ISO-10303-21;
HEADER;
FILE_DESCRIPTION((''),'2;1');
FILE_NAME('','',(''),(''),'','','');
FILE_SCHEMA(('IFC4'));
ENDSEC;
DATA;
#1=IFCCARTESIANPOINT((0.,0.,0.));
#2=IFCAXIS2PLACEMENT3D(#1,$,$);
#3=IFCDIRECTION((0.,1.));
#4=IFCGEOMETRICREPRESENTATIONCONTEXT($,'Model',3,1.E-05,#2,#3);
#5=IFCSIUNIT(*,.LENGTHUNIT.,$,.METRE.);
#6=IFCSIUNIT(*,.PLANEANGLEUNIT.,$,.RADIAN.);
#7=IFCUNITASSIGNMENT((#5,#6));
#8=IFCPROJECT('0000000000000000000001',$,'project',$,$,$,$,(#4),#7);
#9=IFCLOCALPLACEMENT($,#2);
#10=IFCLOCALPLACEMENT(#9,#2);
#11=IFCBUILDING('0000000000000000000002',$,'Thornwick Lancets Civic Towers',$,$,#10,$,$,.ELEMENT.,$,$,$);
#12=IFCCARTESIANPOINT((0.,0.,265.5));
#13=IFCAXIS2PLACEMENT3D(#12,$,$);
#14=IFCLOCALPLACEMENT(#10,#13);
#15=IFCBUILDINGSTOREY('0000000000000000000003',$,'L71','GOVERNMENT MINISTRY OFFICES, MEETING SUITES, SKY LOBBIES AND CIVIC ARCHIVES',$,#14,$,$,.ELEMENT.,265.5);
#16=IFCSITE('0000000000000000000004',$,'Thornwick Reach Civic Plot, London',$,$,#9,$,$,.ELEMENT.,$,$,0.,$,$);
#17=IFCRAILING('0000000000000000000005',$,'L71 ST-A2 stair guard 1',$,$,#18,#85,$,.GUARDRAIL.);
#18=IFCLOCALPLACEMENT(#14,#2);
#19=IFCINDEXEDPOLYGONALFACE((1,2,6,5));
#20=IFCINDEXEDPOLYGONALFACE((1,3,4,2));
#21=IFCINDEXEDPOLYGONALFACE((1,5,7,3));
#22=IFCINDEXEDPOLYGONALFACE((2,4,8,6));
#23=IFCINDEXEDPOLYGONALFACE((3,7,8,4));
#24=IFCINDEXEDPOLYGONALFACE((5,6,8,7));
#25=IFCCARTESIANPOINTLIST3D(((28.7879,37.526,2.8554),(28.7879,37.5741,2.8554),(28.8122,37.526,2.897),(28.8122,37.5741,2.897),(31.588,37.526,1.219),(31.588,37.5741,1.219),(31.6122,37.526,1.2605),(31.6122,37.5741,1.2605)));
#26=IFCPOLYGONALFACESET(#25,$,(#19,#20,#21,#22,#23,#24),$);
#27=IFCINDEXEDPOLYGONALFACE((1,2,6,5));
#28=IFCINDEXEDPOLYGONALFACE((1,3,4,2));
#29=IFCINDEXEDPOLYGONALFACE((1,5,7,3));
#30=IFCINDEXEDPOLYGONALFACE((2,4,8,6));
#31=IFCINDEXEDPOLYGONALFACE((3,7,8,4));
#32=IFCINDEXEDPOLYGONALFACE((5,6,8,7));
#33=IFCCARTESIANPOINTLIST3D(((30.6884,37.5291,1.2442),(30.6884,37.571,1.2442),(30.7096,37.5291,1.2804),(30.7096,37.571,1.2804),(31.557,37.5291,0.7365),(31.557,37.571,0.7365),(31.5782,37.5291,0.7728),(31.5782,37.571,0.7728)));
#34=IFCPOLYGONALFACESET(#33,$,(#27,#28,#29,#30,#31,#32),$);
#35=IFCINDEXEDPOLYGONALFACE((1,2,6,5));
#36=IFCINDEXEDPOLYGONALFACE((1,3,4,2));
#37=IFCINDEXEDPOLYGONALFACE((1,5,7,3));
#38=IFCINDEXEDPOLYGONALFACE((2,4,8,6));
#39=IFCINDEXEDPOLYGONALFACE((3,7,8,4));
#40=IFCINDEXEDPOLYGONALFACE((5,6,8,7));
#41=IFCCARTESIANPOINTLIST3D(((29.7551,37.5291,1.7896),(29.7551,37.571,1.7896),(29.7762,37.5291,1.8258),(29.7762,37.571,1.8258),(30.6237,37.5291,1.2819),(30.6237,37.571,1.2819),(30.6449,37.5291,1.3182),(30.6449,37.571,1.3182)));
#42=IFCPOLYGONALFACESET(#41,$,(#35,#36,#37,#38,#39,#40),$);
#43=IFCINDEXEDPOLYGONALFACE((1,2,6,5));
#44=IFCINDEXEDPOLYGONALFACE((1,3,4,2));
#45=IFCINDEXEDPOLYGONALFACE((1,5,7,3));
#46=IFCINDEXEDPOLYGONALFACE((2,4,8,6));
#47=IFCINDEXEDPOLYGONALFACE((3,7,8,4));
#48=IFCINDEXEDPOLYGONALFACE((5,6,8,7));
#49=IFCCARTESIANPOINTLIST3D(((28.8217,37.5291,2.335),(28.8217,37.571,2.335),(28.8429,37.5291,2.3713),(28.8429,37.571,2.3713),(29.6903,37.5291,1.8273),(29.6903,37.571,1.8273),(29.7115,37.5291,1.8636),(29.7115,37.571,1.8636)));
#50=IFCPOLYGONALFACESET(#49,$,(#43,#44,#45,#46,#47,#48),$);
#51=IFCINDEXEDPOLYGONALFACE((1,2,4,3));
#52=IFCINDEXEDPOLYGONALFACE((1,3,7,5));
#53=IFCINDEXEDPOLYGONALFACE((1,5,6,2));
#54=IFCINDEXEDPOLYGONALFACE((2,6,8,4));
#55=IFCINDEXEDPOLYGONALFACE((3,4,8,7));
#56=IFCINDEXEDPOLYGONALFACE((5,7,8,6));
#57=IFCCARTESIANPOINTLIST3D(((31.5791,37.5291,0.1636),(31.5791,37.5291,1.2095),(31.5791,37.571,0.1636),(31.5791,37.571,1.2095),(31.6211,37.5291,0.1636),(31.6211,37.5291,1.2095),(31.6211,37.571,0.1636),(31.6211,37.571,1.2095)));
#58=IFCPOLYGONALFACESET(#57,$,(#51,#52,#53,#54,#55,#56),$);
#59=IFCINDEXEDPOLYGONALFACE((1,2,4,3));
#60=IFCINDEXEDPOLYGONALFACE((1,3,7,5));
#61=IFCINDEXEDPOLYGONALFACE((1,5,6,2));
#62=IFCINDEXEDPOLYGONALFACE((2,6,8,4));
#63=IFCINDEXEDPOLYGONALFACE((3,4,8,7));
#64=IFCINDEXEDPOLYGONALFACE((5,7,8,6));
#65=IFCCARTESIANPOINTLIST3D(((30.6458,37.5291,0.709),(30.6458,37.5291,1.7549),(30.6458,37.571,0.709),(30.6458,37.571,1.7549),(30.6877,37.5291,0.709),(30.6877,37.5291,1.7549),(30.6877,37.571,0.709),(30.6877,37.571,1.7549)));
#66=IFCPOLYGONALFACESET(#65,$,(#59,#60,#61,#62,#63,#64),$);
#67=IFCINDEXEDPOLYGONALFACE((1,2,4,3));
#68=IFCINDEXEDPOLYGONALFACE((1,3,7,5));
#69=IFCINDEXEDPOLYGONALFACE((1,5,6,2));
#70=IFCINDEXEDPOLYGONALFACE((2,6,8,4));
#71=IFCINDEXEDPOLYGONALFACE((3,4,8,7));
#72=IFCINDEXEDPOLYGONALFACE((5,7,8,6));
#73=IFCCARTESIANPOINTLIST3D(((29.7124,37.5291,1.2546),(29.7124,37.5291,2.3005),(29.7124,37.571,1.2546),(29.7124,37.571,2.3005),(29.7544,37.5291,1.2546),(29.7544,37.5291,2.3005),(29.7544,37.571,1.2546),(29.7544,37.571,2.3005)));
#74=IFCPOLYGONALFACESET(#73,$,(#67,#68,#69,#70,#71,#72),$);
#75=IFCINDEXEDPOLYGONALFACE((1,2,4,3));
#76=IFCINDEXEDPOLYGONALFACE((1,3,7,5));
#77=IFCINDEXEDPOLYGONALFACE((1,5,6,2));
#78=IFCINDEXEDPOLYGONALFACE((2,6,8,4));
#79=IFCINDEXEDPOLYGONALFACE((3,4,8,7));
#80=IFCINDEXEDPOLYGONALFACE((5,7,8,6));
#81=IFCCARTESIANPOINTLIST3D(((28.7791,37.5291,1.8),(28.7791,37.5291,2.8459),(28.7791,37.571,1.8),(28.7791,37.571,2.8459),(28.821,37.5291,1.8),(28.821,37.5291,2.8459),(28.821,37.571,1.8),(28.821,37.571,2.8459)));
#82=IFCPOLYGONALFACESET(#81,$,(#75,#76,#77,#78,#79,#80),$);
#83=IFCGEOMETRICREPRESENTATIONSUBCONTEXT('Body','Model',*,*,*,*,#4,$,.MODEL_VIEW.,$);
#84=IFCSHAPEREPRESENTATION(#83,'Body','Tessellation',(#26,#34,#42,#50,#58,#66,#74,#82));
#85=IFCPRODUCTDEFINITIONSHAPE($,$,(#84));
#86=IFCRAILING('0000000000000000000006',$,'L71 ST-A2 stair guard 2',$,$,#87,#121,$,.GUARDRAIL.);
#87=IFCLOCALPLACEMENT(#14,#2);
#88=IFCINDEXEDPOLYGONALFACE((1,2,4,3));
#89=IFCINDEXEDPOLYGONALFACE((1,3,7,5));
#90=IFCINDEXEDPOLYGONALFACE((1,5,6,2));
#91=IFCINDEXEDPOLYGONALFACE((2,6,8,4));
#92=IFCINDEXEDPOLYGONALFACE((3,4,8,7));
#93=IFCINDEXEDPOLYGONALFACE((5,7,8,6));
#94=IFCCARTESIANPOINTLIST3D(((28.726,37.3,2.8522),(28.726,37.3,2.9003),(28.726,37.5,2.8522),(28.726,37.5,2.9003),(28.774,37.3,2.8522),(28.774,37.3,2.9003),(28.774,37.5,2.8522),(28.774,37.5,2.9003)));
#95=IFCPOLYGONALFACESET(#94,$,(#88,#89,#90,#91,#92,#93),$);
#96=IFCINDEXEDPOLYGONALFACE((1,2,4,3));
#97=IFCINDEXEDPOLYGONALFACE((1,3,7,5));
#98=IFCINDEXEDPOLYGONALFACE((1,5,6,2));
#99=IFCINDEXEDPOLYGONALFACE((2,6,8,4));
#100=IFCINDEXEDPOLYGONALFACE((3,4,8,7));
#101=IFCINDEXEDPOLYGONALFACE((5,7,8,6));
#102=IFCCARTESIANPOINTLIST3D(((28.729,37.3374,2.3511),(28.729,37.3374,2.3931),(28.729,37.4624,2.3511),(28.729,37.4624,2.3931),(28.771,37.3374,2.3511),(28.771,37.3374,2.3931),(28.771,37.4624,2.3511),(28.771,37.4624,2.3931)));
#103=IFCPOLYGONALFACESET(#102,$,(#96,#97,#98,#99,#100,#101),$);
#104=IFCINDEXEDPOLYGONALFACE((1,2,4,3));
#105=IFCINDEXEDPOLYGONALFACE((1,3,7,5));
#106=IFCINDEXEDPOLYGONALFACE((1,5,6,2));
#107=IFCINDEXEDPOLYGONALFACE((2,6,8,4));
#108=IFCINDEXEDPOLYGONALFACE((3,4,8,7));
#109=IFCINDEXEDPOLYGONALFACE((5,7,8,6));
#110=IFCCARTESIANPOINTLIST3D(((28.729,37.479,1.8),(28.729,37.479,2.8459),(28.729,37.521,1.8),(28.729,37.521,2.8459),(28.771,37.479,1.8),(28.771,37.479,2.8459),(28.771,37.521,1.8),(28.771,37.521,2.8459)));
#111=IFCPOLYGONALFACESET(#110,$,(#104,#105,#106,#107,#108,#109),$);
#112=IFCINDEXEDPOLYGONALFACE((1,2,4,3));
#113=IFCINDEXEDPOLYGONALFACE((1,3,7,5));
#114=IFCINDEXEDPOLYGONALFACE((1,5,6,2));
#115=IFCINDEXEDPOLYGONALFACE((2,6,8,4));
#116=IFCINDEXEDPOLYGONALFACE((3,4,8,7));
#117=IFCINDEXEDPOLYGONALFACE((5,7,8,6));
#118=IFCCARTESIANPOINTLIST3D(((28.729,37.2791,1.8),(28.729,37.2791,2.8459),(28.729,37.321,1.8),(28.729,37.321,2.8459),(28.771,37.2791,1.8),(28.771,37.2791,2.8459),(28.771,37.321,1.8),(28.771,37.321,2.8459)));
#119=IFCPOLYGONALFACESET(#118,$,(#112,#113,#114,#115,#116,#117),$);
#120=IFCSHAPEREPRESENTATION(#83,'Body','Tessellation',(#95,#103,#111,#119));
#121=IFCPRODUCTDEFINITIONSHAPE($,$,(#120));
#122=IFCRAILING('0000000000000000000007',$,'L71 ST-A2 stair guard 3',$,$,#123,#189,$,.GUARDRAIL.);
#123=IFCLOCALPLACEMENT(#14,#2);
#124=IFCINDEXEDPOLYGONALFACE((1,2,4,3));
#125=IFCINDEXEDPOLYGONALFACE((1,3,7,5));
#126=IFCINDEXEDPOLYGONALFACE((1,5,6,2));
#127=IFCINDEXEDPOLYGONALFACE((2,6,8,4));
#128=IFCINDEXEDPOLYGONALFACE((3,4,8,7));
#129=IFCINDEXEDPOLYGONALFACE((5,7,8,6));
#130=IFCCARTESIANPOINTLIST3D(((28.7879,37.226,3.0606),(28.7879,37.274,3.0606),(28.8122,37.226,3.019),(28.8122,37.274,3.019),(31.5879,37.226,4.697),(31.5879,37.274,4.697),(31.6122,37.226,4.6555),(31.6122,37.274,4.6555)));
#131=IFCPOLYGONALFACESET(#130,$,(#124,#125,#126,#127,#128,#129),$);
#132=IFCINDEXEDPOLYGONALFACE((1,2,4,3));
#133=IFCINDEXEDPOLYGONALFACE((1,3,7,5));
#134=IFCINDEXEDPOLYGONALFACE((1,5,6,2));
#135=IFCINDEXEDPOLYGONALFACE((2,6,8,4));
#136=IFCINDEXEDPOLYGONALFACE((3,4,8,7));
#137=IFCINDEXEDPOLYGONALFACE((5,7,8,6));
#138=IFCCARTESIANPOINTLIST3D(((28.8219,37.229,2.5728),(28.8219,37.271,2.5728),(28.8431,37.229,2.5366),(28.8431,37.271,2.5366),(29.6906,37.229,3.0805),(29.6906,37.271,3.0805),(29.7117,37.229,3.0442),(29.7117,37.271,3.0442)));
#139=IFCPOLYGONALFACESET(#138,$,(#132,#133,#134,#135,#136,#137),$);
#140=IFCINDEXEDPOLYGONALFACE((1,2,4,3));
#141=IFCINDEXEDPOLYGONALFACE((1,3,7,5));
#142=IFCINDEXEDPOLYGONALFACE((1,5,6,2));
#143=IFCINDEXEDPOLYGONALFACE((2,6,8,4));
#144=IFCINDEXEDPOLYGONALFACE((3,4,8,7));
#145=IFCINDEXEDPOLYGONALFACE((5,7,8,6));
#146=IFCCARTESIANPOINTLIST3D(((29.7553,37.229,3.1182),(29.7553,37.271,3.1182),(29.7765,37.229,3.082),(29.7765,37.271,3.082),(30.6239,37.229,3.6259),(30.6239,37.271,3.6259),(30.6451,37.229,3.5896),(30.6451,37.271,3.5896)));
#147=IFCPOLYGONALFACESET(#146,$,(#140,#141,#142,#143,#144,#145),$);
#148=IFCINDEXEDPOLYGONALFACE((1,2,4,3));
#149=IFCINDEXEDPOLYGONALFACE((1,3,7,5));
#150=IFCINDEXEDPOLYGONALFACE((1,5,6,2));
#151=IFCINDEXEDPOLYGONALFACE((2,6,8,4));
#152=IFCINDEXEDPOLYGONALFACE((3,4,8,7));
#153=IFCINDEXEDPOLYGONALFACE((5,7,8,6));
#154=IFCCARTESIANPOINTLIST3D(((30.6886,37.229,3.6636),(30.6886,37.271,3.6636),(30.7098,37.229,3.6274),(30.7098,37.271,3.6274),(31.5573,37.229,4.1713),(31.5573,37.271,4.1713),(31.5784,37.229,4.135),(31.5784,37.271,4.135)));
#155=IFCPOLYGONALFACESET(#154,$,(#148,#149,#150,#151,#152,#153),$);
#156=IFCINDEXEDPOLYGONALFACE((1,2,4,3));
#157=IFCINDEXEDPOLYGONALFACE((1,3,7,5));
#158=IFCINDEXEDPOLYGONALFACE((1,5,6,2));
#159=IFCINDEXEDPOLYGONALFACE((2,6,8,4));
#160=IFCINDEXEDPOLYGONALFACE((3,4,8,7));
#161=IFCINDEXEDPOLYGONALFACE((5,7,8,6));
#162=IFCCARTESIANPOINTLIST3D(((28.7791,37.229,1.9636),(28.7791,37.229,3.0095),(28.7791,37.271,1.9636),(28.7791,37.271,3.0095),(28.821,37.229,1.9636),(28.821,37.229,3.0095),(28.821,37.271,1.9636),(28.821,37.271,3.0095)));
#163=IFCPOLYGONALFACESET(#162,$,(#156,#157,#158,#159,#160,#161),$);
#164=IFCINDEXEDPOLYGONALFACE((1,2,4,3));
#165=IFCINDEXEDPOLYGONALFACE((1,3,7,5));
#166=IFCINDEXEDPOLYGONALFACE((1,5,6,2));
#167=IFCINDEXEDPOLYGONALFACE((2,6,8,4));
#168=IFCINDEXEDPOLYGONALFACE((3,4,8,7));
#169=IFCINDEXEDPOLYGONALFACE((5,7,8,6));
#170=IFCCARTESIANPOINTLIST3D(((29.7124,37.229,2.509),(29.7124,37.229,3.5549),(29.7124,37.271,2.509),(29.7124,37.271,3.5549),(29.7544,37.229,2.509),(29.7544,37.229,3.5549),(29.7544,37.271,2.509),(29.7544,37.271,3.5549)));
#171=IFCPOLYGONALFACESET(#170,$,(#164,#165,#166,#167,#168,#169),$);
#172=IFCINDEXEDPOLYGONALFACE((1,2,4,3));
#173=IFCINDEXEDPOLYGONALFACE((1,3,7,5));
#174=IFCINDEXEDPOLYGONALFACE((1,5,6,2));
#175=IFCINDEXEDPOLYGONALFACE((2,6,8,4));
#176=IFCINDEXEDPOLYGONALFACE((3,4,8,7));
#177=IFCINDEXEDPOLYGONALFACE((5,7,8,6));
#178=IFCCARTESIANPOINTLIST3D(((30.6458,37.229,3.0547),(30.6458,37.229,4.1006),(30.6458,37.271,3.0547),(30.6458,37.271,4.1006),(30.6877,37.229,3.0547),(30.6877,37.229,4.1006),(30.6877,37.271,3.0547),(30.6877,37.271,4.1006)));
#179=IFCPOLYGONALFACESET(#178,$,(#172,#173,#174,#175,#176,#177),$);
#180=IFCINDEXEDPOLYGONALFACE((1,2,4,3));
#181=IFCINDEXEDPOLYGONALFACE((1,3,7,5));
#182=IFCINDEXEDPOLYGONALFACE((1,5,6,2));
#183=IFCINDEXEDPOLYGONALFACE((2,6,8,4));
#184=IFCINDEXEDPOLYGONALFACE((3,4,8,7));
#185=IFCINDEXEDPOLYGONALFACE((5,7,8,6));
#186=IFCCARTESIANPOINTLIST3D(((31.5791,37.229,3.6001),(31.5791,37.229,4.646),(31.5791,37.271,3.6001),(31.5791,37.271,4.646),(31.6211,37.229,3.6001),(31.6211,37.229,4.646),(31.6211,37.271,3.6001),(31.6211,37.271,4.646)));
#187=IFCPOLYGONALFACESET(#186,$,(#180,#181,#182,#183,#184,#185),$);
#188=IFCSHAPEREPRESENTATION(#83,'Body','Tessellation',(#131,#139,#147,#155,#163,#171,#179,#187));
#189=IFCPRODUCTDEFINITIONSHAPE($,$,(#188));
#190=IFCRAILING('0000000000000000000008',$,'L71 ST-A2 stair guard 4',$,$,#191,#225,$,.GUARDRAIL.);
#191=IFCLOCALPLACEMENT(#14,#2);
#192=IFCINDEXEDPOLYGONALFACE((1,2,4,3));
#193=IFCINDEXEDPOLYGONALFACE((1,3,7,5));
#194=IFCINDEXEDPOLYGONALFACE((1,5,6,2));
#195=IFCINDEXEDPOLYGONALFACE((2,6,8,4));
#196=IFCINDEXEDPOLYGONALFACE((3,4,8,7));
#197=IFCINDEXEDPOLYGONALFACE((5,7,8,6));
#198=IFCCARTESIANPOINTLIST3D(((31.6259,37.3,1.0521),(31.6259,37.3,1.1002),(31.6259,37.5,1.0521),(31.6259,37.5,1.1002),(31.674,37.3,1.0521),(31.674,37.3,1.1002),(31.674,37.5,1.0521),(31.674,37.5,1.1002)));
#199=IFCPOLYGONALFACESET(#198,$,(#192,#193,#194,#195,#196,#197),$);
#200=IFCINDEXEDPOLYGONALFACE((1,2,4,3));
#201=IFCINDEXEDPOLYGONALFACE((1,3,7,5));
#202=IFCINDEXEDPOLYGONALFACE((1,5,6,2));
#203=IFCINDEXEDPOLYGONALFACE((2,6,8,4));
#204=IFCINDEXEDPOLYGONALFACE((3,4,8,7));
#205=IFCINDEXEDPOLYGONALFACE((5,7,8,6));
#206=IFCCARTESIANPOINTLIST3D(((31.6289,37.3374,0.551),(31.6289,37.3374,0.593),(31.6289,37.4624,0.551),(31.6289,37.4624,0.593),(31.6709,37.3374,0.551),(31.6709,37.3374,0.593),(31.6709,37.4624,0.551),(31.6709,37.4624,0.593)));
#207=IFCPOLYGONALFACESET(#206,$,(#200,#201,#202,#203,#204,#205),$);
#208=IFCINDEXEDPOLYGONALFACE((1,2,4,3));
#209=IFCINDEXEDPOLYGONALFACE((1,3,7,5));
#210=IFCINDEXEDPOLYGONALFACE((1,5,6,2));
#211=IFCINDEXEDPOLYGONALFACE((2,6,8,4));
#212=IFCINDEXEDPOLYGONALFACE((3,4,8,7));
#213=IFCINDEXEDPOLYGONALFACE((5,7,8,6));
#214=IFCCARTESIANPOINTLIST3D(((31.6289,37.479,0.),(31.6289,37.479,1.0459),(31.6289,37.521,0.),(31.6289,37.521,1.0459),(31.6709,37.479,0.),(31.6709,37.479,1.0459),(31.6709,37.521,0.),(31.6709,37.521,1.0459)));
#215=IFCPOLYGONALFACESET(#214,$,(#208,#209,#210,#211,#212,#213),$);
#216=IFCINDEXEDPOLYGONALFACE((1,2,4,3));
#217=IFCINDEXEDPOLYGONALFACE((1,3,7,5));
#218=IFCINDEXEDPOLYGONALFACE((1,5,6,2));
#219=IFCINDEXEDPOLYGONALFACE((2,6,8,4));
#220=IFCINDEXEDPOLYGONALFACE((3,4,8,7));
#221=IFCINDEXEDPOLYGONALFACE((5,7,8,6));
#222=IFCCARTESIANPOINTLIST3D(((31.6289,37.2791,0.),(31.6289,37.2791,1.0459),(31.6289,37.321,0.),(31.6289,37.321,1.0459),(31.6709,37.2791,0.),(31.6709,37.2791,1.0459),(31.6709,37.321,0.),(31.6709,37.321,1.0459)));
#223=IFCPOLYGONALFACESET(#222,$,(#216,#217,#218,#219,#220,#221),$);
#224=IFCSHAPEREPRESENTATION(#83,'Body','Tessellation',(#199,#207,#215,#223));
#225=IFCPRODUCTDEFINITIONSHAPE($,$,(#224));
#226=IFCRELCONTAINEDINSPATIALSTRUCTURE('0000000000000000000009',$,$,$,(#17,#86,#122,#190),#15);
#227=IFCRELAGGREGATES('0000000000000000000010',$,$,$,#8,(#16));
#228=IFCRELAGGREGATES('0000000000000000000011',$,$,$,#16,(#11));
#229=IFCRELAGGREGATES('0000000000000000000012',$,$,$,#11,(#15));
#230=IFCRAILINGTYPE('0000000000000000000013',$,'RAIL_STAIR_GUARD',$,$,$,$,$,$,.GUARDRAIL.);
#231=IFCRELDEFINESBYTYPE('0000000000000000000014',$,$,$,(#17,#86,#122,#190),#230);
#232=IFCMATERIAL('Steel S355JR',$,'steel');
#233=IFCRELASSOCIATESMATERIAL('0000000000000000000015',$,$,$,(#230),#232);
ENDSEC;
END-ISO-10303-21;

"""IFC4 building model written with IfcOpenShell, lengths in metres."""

from ifc_helpers import new_model, si_unit, direction, frame, origin, origin_2d, place, context, subcontext, project, spatial, rectangle, extrude, material, type_object, element, save


model = new_model("IFC4")

# Units and contexts
model_context = context("Model", 3, precision=1e-05, world=origin(), true_north=direction((0.0, 1.0)))
body_context = subcontext(model_context, "Body", "Model", "MODEL_VIEW")
ifc_project = project(units=[si_unit("LENGTHUNIT", "METRE"), si_unit("PLANEANGLEUNIT", "RADIAN")], contexts=[model_context])

# Site, building, storey
site_placement = place(None, origin())
site = spatial("IfcSite", under=ifc_project, at=site_placement, Name="Thornwick Reach Civic Plot, London", CompositionType="ELEMENT", RefElevation=0.0)
building_placement = place(site_placement, origin())
building = spatial("IfcBuilding", under=site, at=building_placement, Name="Thornwick Lancets Civic Towers", CompositionType="ELEMENT")
storey_placement = place(building_placement, frame((0.0, 0.0, 265.5)))
storey = spatial("IfcBuildingStorey", under=building, at=storey_placement, Name="L71", Description="GOVERNMENT MINISTRY OFFICES, MEETING SUITES, SKY LOBBIES AND CIVIC ARCHIVES", CompositionType="ELEMENT", Elevation=265.5)

# Shared definitions
ifc_material_1 = material(Name="Steel S355JR", Category="steel")

# Railings
railing_type_1 = type_object("IfcRailingType", Name="RAIL_STAIR_GUARD", PredefinedType="GUARDRAIL", material=ifc_material_1)
railing_1_placement = place(storey_placement, frame((31.6001, 37.55, 0.1636)))
element("IfcRailing", 1, at=railing_1_placement, inside=storey, type_object=railing_type_1, Name="L71 ST-A2 stair guard 1", PredefinedType="GUARDRAIL", context=body_context, shape_type="SweptSolid", body=[
    extrude(rectangle(XDim=0.0481, YDim=0.0481, at=origin_2d()), frame((0.0, 0.0, 1.0762), z_axis=(-0.863361, 0.0, 0.504587), x_axis=(0.0, -1.0, 0.0)), (0.0, 0.0, 1.0), 3.2432),
    extrude(rectangle(XDim=0.042, YDim=0.042, at=origin_2d()), frame((-0.0325, 0.0, 0.5911), z_axis=(-0.863361, 0.0, 0.504587), x_axis=(0.0, -1.0, 0.0)), (0.0, 0.0, 1.0), 1.0061),
    extrude(rectangle(XDim=0.042, YDim=0.042, at=origin_2d()), frame((-0.9658, 0.0, 1.1365), z_axis=(-0.863361, 0.0, 0.504587), x_axis=(0.0, -1.0, 0.0)), (0.0, 0.0, 1.0), 1.0061),
    extrude(rectangle(XDim=0.042, YDim=0.042, at=origin_2d()), frame((-1.8992, 0.0, 1.6819), z_axis=(-0.863361, 0.0, 0.504587), x_axis=(0.0, -1.0, 0.0)), (0.0, 0.0, 1.0), 1.0061),
    extrude(rectangle(XDim=0.042, YDim=0.042, at=origin_2d()), origin(), (0.0, 0.0, 1.0), 1.0459),
    extrude(rectangle(XDim=0.042, YDim=0.042, at=origin_2d()), frame((-0.9333, 0.0, 0.5454)), (0.0, 0.0, 1.0), 1.0459),
    extrude(rectangle(XDim=0.042, YDim=0.042, at=origin_2d()), frame((-1.8667, 0.0, 1.0911)), (0.0, 0.0, 1.0), 1.0459),
    extrude(rectangle(XDim=0.042, YDim=0.042, at=origin_2d()), frame((-2.8, 0.0, 1.6365)), (0.0, 0.0, 1.0), 1.0459),
])
railing_2_placement = place(storey_placement, frame((28.75, 37.5, 1.8)))
element("IfcRailing", 2, at=railing_2_placement, inside=storey, type_object=railing_type_1, Name="L71 ST-A2 stair guard 2", PredefinedType="GUARDRAIL", context=body_context, shape_type="SweptSolid", body=[
    extrude(rectangle(XDim=0.0481, YDim=0.0481, at=origin_2d()), frame((0.0, 0.0, 1.0762), z_axis=(0.0, -1.0, 0.0), x_axis=(1.0, 0.0, 0.0)), (0.0, 0.0, 1.0), 0.2),
    extrude(rectangle(XDim=0.042, YDim=0.042, at=origin_2d()), frame((0.0, -0.0376, 0.572), z_axis=(0.0, -1.0, 0.0), x_axis=(1.0, 0.0, 0.0)), (0.0, 0.0, 1.0), 0.125),
    extrude(rectangle(XDim=0.042, YDim=0.042, at=origin_2d()), origin(), (0.0, 0.0, 1.0), 1.0459),
    extrude(rectangle(XDim=0.042, YDim=0.042, at=origin_2d()), frame((0.0, -0.2, 0.0)), (0.0, 0.0, 1.0), 1.0459),
])
railing_3_placement = place(storey_placement, frame((28.8, 37.25, 1.9636)))
element("IfcRailing", 3, at=railing_3_placement, inside=storey, type_object=railing_type_1, Name="L71 ST-A2 stair guard 3", PredefinedType="GUARDRAIL", context=body_context, shape_type="SweptSolid", body=[
    extrude(rectangle(XDim=0.0481, YDim=0.0481, at=origin_2d()), frame((0.0, 0.0, 1.0762), z_axis=(0.863361, 0.0, 0.504587), x_axis=(0.0, 1.0, 0.0)), (0.0, 0.0, 1.0), 3.2432),
    extrude(rectangle(XDim=0.042, YDim=0.042, at=origin_2d()), frame((0.0325, 0.0, 0.5911), z_axis=(0.863361, 0.0, 0.504587), x_axis=(0.0, 1.0, 0.0)), (0.0, 0.0, 1.0), 1.0061),
    extrude(rectangle(XDim=0.042, YDim=0.042, at=origin_2d()), frame((0.9658, 0.0, 1.1365), z_axis=(0.863361, 0.0, 0.504587), x_axis=(0.0, 1.0, 0.0)), (0.0, 0.0, 1.0), 1.0061),
    extrude(rectangle(XDim=0.042, YDim=0.042, at=origin_2d()), frame((1.8992, 0.0, 1.6819), z_axis=(0.863361, 0.0, 0.504587), x_axis=(0.0, 1.0, 0.0)), (0.0, 0.0, 1.0), 1.0061),
    extrude(rectangle(XDim=0.042, YDim=0.042, at=origin_2d()), origin(), (0.0, 0.0, 1.0), 1.0459),
    extrude(rectangle(XDim=0.042, YDim=0.042, at=origin_2d()), frame((0.9333, 0.0, 0.5454)), (0.0, 0.0, 1.0), 1.0459),
    extrude(rectangle(XDim=0.042, YDim=0.042, at=origin_2d()), frame((1.8667, 0.0, 1.0911)), (0.0, 0.0, 1.0), 1.0459),
    extrude(rectangle(XDim=0.042, YDim=0.042, at=origin_2d()), frame((2.8, 0.0, 1.6365)), (0.0, 0.0, 1.0), 1.0459),
])
railing_4_placement = place(storey_placement, frame((31.6499, 37.5, 0.0)))
element("IfcRailing", 4, at=railing_4_placement, inside=storey, type_object=railing_type_1, Name="L71 ST-A2 stair guard 4", PredefinedType="GUARDRAIL", context=body_context, shape_type="SweptSolid", body=[
    extrude(rectangle(XDim=0.0481, YDim=0.0481, at=origin_2d()), frame((0.0, 0.0, 1.0762), z_axis=(0.0, -1.0, 0.0), x_axis=(1.0, 0.0, 0.0)), (0.0, 0.0, 1.0), 0.2),
    extrude(rectangle(XDim=0.042, YDim=0.042, at=origin_2d()), frame((0.0, -0.0376, 0.572), z_axis=(0.0, -1.0, 0.0), x_axis=(1.0, 0.0, 0.0)), (0.0, 0.0, 1.0), 0.125),
    extrude(rectangle(XDim=0.042, YDim=0.042, at=origin_2d()), origin(), (0.0, 0.0, 1.0), 1.0459),
    extrude(rectangle(XDim=0.042, YDim=0.042, at=origin_2d()), frame((0.0, -0.2, 0.0)), (0.0, 0.0, 1.0), 1.0459),
])

save(model, "model.ifc")
